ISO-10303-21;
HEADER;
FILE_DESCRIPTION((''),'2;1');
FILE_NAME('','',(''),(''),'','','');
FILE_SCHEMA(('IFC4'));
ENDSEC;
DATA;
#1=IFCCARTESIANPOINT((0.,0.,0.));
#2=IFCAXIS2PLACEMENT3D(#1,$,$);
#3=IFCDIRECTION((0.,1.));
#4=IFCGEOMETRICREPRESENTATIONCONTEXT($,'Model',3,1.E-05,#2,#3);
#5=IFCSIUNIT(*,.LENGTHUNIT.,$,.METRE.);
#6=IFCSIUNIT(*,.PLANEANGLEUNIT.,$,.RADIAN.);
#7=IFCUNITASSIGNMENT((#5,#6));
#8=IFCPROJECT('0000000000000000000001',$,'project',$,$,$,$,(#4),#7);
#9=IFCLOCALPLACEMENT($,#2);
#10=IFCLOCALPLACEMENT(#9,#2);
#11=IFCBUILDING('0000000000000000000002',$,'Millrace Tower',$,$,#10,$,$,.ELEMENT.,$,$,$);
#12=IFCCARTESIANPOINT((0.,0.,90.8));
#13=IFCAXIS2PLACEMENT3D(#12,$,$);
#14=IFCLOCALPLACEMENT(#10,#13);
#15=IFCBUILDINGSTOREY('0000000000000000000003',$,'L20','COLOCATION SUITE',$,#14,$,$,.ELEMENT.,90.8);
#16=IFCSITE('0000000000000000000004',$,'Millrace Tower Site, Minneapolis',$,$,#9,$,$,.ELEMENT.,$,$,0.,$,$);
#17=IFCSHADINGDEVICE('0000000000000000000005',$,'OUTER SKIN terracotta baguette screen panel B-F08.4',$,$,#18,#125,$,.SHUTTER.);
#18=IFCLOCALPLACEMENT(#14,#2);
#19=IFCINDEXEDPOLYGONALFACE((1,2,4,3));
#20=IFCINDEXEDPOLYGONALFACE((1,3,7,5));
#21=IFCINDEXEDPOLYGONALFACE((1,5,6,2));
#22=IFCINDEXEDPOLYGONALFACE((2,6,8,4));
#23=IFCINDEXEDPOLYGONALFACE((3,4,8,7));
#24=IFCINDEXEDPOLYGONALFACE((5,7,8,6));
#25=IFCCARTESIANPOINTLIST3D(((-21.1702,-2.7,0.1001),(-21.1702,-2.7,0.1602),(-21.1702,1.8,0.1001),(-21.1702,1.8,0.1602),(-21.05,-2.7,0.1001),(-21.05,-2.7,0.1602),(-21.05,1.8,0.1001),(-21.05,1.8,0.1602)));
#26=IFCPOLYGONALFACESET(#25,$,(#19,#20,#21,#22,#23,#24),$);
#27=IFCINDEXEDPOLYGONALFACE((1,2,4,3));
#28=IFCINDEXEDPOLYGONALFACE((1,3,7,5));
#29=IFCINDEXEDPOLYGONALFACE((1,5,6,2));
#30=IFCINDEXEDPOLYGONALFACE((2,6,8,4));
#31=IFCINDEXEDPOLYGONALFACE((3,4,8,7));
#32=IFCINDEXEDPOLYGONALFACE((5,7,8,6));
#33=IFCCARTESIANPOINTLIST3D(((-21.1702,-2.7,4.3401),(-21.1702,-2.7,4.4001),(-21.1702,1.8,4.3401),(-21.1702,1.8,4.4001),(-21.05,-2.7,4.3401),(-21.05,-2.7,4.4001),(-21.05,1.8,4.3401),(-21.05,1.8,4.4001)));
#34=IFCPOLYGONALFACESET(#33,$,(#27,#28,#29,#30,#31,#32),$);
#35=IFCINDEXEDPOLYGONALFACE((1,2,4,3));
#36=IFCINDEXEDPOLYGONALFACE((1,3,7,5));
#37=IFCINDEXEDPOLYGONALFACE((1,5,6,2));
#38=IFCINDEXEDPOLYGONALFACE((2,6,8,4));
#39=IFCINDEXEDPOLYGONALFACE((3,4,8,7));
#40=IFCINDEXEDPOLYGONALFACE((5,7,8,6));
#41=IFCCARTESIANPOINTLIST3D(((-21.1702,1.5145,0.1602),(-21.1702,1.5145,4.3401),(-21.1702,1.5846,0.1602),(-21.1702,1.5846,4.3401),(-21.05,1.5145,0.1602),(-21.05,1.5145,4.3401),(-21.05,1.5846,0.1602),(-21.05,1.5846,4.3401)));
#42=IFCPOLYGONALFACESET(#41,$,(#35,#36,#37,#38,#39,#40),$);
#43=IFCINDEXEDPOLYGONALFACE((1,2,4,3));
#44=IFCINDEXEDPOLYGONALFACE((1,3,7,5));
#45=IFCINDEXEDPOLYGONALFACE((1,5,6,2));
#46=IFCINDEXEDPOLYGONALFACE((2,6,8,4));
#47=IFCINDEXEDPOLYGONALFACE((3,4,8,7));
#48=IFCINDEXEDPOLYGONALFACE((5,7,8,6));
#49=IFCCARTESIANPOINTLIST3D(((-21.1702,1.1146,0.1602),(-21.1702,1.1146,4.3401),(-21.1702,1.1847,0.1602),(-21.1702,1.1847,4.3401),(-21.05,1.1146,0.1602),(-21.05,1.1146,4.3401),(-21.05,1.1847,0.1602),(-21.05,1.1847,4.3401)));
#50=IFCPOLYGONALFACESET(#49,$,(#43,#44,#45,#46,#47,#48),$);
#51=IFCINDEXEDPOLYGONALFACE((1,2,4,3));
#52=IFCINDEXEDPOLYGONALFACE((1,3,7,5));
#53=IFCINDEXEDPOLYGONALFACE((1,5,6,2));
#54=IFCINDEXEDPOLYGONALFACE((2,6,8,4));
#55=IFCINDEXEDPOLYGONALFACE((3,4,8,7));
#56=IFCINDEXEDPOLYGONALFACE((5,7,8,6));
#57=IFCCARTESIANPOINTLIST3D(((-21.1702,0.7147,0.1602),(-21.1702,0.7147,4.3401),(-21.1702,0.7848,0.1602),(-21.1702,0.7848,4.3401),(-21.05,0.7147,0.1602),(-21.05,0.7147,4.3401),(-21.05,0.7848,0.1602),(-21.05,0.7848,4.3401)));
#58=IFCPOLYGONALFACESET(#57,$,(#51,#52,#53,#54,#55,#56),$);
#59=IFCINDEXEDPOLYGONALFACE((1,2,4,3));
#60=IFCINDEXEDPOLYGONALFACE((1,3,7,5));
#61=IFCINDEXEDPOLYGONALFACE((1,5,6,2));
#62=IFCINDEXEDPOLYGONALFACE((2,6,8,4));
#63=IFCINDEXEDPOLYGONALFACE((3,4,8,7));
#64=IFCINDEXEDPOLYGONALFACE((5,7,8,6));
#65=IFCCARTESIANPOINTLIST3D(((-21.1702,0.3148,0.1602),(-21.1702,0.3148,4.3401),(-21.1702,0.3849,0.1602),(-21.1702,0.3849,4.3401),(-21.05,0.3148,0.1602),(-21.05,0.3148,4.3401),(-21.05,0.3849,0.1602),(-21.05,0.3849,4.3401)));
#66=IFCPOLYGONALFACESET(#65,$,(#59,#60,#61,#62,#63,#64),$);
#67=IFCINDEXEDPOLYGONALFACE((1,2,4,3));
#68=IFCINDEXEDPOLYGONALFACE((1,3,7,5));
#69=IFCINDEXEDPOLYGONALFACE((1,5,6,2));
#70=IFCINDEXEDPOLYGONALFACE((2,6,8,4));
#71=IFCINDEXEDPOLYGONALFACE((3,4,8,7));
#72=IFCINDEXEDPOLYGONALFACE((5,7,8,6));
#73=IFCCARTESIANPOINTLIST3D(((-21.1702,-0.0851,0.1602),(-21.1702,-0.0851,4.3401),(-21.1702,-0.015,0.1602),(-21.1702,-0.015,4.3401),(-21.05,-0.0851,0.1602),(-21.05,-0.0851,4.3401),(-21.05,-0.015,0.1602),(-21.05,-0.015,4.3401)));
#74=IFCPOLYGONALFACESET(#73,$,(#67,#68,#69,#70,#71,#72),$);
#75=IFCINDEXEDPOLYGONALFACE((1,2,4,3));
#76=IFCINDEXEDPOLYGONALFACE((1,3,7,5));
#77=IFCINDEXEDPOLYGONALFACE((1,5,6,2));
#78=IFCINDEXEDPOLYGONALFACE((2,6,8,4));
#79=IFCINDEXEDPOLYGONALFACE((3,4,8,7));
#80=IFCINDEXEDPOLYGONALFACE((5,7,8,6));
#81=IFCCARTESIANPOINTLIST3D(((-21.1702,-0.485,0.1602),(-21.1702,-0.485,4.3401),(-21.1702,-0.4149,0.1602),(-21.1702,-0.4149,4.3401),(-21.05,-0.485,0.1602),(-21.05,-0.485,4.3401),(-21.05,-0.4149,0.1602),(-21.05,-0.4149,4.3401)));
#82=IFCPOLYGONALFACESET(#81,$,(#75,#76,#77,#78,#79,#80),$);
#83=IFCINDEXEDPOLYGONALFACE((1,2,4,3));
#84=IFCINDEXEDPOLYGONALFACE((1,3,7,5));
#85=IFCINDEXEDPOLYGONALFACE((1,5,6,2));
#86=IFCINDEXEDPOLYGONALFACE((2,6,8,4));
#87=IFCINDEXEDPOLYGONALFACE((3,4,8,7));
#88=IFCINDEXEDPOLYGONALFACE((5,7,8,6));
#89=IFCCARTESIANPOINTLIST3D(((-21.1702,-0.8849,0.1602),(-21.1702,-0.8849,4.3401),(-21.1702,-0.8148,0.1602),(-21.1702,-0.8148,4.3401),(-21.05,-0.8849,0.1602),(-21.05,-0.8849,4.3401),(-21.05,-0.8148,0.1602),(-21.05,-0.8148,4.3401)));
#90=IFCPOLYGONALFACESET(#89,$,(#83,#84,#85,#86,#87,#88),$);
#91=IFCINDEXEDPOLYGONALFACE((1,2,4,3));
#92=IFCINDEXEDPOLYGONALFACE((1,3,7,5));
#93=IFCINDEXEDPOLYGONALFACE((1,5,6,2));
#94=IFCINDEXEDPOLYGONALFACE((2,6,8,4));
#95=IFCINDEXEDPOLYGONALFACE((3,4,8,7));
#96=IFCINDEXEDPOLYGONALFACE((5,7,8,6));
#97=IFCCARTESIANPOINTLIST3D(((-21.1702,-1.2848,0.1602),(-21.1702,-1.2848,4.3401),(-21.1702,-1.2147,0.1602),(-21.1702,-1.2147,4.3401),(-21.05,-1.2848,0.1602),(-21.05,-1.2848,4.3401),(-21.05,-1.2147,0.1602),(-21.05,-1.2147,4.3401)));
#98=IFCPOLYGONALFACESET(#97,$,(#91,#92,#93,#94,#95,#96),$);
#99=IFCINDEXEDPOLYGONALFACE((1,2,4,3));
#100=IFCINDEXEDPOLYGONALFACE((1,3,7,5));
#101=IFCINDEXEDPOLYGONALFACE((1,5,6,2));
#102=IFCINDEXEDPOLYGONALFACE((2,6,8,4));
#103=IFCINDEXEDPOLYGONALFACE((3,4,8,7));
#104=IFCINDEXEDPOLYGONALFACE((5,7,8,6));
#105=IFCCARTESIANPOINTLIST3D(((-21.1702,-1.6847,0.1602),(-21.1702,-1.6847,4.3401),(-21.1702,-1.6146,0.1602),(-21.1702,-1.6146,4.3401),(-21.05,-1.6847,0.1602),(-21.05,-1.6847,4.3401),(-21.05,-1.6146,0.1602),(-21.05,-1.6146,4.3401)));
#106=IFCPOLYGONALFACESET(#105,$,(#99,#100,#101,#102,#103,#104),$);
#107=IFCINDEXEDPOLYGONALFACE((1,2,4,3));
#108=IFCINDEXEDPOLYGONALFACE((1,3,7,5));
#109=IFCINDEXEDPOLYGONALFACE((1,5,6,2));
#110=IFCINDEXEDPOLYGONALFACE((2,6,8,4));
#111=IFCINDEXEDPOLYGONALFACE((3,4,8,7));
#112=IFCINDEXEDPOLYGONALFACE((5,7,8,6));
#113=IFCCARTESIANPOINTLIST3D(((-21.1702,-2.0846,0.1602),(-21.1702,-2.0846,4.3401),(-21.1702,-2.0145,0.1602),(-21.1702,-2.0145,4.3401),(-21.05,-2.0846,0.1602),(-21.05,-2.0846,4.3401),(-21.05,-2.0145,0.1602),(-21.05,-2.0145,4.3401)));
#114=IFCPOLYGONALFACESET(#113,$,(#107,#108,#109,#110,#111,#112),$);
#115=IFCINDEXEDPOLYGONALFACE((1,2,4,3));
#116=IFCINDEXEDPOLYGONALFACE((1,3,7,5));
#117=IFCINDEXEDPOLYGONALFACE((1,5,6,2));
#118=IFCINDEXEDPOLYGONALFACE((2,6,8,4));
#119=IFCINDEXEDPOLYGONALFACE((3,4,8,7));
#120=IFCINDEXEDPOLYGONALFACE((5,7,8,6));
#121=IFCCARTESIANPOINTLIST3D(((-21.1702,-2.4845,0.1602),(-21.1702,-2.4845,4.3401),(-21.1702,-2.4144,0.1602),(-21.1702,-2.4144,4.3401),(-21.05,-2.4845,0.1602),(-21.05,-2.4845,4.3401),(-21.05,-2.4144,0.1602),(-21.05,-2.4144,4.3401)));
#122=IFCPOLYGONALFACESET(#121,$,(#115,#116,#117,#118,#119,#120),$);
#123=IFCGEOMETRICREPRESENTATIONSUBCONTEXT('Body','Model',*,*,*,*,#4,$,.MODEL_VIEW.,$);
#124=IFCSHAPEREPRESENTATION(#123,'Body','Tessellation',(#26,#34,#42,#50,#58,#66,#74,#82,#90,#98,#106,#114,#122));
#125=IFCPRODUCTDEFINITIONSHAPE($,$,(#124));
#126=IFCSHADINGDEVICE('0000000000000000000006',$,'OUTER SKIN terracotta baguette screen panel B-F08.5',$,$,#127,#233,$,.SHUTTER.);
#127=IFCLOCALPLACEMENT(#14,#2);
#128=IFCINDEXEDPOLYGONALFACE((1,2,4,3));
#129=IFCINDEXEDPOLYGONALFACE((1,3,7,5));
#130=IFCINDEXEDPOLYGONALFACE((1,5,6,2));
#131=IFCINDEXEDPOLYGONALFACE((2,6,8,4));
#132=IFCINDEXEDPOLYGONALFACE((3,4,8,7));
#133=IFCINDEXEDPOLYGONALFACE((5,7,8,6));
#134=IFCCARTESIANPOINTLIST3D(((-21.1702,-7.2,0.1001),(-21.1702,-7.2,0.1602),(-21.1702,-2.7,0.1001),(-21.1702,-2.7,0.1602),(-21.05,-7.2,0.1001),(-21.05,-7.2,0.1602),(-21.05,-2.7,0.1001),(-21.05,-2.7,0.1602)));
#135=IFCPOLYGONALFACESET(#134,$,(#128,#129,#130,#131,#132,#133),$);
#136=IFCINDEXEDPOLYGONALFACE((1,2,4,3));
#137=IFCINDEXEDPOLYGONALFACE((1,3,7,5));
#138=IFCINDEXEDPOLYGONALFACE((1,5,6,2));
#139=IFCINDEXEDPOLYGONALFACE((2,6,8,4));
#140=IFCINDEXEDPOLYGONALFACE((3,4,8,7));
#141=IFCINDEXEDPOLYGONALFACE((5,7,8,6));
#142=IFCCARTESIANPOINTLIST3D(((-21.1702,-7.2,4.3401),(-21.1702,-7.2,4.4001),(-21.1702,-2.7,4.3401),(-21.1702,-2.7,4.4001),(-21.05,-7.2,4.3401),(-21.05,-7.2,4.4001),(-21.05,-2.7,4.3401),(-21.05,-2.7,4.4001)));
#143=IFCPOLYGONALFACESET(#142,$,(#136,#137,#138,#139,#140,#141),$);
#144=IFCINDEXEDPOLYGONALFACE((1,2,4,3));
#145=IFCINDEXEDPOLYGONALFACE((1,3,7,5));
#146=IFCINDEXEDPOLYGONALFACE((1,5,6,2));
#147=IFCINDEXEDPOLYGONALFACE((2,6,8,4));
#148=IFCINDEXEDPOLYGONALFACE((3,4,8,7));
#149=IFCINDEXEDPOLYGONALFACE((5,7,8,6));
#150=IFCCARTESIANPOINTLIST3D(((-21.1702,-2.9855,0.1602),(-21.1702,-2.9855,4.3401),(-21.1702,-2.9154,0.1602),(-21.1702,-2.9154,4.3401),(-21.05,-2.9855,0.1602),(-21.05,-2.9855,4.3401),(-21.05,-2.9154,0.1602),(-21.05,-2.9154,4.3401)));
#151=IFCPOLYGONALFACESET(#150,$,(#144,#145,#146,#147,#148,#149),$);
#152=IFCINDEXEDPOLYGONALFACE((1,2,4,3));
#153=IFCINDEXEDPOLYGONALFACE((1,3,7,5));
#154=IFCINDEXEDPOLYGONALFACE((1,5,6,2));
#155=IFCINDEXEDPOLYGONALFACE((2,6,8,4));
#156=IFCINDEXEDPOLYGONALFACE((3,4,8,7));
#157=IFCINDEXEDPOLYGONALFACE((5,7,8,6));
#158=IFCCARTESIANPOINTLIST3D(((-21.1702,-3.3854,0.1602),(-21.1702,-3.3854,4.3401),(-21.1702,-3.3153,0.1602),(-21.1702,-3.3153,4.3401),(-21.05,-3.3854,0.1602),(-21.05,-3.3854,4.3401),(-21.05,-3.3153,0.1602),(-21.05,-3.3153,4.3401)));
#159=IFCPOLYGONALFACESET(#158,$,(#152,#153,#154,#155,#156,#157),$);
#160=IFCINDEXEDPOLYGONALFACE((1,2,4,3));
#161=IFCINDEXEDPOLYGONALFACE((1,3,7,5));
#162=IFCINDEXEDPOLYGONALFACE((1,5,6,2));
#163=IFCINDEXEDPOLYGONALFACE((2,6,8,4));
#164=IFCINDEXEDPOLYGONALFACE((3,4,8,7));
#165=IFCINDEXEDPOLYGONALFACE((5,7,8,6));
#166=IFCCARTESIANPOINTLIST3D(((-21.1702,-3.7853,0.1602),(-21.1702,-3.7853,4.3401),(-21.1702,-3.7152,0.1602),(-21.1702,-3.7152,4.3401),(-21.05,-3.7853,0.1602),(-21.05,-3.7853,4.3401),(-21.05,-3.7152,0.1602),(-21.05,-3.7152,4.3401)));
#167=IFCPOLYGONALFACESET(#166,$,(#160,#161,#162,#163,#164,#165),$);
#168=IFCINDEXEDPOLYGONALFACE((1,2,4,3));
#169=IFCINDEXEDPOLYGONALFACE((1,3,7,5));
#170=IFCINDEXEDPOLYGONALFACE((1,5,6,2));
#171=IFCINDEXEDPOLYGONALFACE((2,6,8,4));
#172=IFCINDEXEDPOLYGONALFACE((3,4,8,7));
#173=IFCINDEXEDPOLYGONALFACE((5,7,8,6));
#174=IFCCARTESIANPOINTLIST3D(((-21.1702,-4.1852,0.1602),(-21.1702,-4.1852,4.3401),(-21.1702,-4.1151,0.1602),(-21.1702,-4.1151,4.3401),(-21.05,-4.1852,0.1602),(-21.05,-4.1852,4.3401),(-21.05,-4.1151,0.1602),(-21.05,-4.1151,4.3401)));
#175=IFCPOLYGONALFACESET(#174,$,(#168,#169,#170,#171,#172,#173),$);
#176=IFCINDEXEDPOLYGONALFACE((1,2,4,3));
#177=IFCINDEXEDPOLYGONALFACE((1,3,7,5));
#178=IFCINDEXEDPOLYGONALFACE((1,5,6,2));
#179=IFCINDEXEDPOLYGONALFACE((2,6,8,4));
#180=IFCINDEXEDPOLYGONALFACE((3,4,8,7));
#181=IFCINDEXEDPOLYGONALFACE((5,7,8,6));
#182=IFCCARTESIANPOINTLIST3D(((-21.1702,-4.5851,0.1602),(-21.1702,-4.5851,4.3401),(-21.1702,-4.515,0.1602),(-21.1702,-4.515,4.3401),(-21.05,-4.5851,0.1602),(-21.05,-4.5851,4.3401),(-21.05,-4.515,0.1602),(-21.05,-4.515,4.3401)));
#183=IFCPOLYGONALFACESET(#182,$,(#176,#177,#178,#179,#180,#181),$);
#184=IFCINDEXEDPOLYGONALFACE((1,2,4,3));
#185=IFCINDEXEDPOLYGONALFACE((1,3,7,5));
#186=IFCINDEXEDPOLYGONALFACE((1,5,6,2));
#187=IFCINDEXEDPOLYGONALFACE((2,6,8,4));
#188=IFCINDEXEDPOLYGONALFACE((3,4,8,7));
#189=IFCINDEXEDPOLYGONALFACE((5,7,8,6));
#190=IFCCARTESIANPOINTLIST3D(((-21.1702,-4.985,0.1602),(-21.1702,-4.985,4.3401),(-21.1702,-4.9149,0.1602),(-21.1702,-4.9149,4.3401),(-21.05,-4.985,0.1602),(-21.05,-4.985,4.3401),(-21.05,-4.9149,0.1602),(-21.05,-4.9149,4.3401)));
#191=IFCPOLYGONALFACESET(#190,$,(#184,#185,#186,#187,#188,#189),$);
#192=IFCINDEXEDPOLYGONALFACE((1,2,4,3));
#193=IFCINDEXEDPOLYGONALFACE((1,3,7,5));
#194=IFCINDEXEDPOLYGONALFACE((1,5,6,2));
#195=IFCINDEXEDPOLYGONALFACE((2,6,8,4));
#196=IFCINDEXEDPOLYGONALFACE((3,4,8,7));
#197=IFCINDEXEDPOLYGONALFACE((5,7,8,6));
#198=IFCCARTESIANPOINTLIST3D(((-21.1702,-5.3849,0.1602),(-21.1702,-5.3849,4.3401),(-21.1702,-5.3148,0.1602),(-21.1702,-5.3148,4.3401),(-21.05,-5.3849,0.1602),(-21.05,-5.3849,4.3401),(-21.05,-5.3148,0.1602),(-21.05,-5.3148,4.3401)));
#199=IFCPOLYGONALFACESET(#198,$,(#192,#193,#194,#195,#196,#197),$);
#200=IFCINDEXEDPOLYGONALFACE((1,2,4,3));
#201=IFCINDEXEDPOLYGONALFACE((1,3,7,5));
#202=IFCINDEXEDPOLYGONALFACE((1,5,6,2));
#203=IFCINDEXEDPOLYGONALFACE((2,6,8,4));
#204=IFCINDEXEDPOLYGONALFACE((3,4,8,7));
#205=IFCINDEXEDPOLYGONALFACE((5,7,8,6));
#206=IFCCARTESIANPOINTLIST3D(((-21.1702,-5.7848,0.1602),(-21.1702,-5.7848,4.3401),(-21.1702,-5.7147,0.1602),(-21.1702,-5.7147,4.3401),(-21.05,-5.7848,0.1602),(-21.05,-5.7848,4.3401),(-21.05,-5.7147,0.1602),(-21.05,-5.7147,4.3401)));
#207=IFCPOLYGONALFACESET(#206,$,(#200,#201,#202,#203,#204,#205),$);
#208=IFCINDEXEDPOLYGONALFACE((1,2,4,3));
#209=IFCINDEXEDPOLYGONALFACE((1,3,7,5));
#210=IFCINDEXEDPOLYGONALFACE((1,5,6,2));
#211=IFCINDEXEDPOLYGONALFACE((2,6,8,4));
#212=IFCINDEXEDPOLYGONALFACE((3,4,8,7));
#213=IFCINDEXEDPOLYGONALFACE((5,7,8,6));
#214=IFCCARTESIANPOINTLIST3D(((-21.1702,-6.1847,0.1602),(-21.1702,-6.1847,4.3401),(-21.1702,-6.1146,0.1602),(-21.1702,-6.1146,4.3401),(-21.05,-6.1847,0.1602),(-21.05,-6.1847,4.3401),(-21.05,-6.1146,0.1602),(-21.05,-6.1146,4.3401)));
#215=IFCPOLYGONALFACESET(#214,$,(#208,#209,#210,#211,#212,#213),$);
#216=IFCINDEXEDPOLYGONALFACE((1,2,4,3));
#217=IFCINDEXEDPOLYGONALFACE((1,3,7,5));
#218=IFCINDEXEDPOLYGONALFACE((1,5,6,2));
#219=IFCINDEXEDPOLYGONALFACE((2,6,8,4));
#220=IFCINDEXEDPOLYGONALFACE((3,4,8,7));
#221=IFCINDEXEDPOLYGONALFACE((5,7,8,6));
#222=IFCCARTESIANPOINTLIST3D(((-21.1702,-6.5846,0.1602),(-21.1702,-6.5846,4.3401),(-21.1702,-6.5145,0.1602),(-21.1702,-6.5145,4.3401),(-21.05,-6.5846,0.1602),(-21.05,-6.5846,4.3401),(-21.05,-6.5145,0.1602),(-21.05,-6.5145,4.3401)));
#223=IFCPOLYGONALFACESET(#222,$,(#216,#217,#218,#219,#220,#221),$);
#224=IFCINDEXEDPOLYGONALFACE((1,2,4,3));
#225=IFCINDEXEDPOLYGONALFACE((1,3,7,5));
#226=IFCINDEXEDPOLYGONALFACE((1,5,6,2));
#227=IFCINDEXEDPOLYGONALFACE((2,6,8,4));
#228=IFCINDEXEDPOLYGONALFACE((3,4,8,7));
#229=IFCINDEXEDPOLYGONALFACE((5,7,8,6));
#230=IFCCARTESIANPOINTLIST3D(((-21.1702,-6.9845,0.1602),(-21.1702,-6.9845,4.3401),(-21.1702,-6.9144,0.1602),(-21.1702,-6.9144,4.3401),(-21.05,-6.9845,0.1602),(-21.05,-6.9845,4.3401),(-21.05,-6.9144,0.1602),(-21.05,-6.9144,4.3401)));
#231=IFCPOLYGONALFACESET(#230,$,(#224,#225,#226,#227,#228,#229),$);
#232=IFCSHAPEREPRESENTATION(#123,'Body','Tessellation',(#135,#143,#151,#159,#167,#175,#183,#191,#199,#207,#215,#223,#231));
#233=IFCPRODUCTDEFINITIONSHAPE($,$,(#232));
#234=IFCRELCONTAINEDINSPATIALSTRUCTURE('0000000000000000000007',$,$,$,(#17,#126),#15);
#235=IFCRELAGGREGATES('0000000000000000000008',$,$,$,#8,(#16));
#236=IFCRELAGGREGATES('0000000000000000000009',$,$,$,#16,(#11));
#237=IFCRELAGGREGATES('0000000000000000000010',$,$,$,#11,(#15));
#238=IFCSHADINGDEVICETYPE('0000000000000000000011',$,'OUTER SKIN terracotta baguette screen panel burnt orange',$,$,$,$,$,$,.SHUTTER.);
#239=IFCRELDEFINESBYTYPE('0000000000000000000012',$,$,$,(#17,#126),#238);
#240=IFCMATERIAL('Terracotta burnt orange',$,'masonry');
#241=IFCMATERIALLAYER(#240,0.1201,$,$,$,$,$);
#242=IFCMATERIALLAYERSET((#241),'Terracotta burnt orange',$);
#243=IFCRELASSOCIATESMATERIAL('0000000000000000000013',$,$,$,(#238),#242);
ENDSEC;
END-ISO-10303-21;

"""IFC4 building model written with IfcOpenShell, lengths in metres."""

from ifc_helpers import new_model, entity, si_unit, direction, frame, frame_2d, origin, origin_2d, place, context, subcontext, project, spatial, rectangle, extrude, source, transform, mapped, material, layer, layer_set, type_object, element, save


model = new_model("IFC4")

# Units and contexts
model_context = context("Model", 3, precision=1e-05, world=origin(), true_north=direction((0.0, 1.0)))
body_context = subcontext(model_context, "Body", "Model", "MODEL_VIEW")
ifc_project = project(units=[si_unit("LENGTHUNIT", "METRE"), si_unit("PLANEANGLEUNIT", "RADIAN")], contexts=[model_context])

# Site, building, storey
site_placement = place(None, origin())
site = spatial("IfcSite", under=ifc_project, at=site_placement, Name="Millrace Tower Site, Minneapolis", CompositionType="ELEMENT", RefElevation=0.0)
building_placement = place(site_placement, origin())
building = spatial("IfcBuilding", under=site, at=building_placement, Name="Millrace Tower", CompositionType="ELEMENT")
storey_placement = place(building_placement, frame((0.0, 0.0, 90.8)))
storey = spatial("IfcBuildingStorey", under=building, at=storey_placement, Name="L20", Description="COLOCATION SUITE", CompositionType="ELEMENT", Elevation=90.8)

# Shading devices
ifc_material_1 = material(Name="Terracotta burnt orange", Category="masonry")
ifc_layer_1 = layer(ifc_material_1, 0.1201)
ifc_layer_set_1 = layer_set([ifc_layer_1], Name="Terracotta burnt orange")
shading_device_type = type_object("IfcShadingDeviceType", Name="OUTER SKIN terracotta baguette screen panel burnt orange", PredefinedType="SHUTTER", material=ifc_layer_set_1)
cartesian_point = entity("IfcCartesianPoint", [-2.25, 0.0601])
shared_polyline = entity("IfcPolyline", [cartesian_point, entity("IfcCartesianPoint", [2.25, 0.0601]), entity("IfcCartesianPoint", [2.25, -0.0601]), entity("IfcCartesianPoint", [-2.25, -0.0601]), cartesian_point])
shared_shape = source(origin(), body_context, "Body", "SweptSolid", [
    entity("IfcExtrudedAreaSolid", entity("IfcArbitraryClosedProfileDef", "AREA", None, shared_polyline), entity("IfcAxis2Placement3D", entity("IfcCartesianPoint", [0.0, 0.0, 0.0])), entity("IfcDirection", [0.0, 0.0, 1.0]), 0.0601),
    entity("IfcExtrudedAreaSolid", entity("IfcArbitraryClosedProfileDef", "AREA", None, shared_polyline), entity("IfcAxis2Placement3D", entity("IfcCartesianPoint", [0.0, 0.0, 4.24])), entity("IfcDirection", [0.0, 0.0, 1.0]), 0.0601),
    extrude(rectangle(XDim=0.0701, YDim=0.1201, at=frame_2d((-1.9995, 0.0))), frame((0.0, 0.0, 0.0601)), (0.0, 0.0, 1.0), 4.1799),
    extrude(rectangle(XDim=0.0701, YDim=0.1201, at=frame_2d((-1.5996, 0.0))), frame((0.0, 0.0, 0.0601)), (0.0, 0.0, 1.0), 4.1799),
    extrude(rectangle(XDim=0.0701, YDim=0.1201, at=frame_2d((-1.1997, 0.0))), frame((0.0, 0.0, 0.0601)), (0.0, 0.0, 1.0), 4.1799),
    extrude(rectangle(XDim=0.0701, YDim=0.1201, at=frame_2d((-0.7998, 0.0))), frame((0.0, 0.0, 0.0601)), (0.0, 0.0, 1.0), 4.1799),
    extrude(rectangle(XDim=0.0701, YDim=0.1201, at=frame_2d((-0.3999, 0.0))), frame((0.0, 0.0, 0.0601)), (0.0, 0.0, 1.0), 4.1799),
    extrude(rectangle(XDim=0.0701, YDim=0.1201, at=origin_2d()), frame((0.0, 0.0, 0.0601)), (0.0, 0.0, 1.0), 4.1799),
    extrude(rectangle(XDim=0.0701, YDim=0.1201, at=frame_2d((0.3999, 0.0))), frame((0.0, 0.0, 0.0601)), (0.0, 0.0, 1.0), 4.1799),
    extrude(rectangle(XDim=0.0701, YDim=0.1201, at=frame_2d((0.7998, 0.0))), frame((0.0, 0.0, 0.0601)), (0.0, 0.0, 1.0), 4.1799),
    extrude(rectangle(XDim=0.0701, YDim=0.1201, at=frame_2d((1.1997, 0.0))), frame((0.0, 0.0, 0.0601)), (0.0, 0.0, 1.0), 4.1799),
    extrude(rectangle(XDim=0.0701, YDim=0.1201, at=frame_2d((1.5996, 0.0))), frame((0.0, 0.0, 0.0601)), (0.0, 0.0, 1.0), 4.1799),
    extrude(rectangle(XDim=0.0701, YDim=0.1201, at=frame_2d((1.9995, 0.0))), frame((0.0, 0.0, 0.0601)), (0.0, 0.0, 1.0), 4.1799),
])
for number, where, z_axis, x_axis, name in (
    (1, (-21.1101, -0.45, 0.1001), (0.0, 0.0, 1.0), (0.0, -1.0, 0.0), "OUTER SKIN terracotta baguette screen panel B-F08.4"),
    (2, (-21.1101, -4.95, 0.1001), (0.0, 0.0, 1.0), (0.0, -1.0, 0.0), "OUTER SKIN terracotta baguette screen panel B-F08.5"),
):
    element("IfcShadingDevice", number, at=place(storey_placement, frame(where, z_axis=z_axis, x_axis=x_axis)), inside=storey, type_object=shading_device_type, Name=name, PredefinedType="SHUTTER", context=body_context, shape_type="MappedRepresentation", body=[
        mapped(shared_shape, transform((0.0, 0.0, 0.0), scale=1.0)),
    ])

save(model, "model.ifc")
